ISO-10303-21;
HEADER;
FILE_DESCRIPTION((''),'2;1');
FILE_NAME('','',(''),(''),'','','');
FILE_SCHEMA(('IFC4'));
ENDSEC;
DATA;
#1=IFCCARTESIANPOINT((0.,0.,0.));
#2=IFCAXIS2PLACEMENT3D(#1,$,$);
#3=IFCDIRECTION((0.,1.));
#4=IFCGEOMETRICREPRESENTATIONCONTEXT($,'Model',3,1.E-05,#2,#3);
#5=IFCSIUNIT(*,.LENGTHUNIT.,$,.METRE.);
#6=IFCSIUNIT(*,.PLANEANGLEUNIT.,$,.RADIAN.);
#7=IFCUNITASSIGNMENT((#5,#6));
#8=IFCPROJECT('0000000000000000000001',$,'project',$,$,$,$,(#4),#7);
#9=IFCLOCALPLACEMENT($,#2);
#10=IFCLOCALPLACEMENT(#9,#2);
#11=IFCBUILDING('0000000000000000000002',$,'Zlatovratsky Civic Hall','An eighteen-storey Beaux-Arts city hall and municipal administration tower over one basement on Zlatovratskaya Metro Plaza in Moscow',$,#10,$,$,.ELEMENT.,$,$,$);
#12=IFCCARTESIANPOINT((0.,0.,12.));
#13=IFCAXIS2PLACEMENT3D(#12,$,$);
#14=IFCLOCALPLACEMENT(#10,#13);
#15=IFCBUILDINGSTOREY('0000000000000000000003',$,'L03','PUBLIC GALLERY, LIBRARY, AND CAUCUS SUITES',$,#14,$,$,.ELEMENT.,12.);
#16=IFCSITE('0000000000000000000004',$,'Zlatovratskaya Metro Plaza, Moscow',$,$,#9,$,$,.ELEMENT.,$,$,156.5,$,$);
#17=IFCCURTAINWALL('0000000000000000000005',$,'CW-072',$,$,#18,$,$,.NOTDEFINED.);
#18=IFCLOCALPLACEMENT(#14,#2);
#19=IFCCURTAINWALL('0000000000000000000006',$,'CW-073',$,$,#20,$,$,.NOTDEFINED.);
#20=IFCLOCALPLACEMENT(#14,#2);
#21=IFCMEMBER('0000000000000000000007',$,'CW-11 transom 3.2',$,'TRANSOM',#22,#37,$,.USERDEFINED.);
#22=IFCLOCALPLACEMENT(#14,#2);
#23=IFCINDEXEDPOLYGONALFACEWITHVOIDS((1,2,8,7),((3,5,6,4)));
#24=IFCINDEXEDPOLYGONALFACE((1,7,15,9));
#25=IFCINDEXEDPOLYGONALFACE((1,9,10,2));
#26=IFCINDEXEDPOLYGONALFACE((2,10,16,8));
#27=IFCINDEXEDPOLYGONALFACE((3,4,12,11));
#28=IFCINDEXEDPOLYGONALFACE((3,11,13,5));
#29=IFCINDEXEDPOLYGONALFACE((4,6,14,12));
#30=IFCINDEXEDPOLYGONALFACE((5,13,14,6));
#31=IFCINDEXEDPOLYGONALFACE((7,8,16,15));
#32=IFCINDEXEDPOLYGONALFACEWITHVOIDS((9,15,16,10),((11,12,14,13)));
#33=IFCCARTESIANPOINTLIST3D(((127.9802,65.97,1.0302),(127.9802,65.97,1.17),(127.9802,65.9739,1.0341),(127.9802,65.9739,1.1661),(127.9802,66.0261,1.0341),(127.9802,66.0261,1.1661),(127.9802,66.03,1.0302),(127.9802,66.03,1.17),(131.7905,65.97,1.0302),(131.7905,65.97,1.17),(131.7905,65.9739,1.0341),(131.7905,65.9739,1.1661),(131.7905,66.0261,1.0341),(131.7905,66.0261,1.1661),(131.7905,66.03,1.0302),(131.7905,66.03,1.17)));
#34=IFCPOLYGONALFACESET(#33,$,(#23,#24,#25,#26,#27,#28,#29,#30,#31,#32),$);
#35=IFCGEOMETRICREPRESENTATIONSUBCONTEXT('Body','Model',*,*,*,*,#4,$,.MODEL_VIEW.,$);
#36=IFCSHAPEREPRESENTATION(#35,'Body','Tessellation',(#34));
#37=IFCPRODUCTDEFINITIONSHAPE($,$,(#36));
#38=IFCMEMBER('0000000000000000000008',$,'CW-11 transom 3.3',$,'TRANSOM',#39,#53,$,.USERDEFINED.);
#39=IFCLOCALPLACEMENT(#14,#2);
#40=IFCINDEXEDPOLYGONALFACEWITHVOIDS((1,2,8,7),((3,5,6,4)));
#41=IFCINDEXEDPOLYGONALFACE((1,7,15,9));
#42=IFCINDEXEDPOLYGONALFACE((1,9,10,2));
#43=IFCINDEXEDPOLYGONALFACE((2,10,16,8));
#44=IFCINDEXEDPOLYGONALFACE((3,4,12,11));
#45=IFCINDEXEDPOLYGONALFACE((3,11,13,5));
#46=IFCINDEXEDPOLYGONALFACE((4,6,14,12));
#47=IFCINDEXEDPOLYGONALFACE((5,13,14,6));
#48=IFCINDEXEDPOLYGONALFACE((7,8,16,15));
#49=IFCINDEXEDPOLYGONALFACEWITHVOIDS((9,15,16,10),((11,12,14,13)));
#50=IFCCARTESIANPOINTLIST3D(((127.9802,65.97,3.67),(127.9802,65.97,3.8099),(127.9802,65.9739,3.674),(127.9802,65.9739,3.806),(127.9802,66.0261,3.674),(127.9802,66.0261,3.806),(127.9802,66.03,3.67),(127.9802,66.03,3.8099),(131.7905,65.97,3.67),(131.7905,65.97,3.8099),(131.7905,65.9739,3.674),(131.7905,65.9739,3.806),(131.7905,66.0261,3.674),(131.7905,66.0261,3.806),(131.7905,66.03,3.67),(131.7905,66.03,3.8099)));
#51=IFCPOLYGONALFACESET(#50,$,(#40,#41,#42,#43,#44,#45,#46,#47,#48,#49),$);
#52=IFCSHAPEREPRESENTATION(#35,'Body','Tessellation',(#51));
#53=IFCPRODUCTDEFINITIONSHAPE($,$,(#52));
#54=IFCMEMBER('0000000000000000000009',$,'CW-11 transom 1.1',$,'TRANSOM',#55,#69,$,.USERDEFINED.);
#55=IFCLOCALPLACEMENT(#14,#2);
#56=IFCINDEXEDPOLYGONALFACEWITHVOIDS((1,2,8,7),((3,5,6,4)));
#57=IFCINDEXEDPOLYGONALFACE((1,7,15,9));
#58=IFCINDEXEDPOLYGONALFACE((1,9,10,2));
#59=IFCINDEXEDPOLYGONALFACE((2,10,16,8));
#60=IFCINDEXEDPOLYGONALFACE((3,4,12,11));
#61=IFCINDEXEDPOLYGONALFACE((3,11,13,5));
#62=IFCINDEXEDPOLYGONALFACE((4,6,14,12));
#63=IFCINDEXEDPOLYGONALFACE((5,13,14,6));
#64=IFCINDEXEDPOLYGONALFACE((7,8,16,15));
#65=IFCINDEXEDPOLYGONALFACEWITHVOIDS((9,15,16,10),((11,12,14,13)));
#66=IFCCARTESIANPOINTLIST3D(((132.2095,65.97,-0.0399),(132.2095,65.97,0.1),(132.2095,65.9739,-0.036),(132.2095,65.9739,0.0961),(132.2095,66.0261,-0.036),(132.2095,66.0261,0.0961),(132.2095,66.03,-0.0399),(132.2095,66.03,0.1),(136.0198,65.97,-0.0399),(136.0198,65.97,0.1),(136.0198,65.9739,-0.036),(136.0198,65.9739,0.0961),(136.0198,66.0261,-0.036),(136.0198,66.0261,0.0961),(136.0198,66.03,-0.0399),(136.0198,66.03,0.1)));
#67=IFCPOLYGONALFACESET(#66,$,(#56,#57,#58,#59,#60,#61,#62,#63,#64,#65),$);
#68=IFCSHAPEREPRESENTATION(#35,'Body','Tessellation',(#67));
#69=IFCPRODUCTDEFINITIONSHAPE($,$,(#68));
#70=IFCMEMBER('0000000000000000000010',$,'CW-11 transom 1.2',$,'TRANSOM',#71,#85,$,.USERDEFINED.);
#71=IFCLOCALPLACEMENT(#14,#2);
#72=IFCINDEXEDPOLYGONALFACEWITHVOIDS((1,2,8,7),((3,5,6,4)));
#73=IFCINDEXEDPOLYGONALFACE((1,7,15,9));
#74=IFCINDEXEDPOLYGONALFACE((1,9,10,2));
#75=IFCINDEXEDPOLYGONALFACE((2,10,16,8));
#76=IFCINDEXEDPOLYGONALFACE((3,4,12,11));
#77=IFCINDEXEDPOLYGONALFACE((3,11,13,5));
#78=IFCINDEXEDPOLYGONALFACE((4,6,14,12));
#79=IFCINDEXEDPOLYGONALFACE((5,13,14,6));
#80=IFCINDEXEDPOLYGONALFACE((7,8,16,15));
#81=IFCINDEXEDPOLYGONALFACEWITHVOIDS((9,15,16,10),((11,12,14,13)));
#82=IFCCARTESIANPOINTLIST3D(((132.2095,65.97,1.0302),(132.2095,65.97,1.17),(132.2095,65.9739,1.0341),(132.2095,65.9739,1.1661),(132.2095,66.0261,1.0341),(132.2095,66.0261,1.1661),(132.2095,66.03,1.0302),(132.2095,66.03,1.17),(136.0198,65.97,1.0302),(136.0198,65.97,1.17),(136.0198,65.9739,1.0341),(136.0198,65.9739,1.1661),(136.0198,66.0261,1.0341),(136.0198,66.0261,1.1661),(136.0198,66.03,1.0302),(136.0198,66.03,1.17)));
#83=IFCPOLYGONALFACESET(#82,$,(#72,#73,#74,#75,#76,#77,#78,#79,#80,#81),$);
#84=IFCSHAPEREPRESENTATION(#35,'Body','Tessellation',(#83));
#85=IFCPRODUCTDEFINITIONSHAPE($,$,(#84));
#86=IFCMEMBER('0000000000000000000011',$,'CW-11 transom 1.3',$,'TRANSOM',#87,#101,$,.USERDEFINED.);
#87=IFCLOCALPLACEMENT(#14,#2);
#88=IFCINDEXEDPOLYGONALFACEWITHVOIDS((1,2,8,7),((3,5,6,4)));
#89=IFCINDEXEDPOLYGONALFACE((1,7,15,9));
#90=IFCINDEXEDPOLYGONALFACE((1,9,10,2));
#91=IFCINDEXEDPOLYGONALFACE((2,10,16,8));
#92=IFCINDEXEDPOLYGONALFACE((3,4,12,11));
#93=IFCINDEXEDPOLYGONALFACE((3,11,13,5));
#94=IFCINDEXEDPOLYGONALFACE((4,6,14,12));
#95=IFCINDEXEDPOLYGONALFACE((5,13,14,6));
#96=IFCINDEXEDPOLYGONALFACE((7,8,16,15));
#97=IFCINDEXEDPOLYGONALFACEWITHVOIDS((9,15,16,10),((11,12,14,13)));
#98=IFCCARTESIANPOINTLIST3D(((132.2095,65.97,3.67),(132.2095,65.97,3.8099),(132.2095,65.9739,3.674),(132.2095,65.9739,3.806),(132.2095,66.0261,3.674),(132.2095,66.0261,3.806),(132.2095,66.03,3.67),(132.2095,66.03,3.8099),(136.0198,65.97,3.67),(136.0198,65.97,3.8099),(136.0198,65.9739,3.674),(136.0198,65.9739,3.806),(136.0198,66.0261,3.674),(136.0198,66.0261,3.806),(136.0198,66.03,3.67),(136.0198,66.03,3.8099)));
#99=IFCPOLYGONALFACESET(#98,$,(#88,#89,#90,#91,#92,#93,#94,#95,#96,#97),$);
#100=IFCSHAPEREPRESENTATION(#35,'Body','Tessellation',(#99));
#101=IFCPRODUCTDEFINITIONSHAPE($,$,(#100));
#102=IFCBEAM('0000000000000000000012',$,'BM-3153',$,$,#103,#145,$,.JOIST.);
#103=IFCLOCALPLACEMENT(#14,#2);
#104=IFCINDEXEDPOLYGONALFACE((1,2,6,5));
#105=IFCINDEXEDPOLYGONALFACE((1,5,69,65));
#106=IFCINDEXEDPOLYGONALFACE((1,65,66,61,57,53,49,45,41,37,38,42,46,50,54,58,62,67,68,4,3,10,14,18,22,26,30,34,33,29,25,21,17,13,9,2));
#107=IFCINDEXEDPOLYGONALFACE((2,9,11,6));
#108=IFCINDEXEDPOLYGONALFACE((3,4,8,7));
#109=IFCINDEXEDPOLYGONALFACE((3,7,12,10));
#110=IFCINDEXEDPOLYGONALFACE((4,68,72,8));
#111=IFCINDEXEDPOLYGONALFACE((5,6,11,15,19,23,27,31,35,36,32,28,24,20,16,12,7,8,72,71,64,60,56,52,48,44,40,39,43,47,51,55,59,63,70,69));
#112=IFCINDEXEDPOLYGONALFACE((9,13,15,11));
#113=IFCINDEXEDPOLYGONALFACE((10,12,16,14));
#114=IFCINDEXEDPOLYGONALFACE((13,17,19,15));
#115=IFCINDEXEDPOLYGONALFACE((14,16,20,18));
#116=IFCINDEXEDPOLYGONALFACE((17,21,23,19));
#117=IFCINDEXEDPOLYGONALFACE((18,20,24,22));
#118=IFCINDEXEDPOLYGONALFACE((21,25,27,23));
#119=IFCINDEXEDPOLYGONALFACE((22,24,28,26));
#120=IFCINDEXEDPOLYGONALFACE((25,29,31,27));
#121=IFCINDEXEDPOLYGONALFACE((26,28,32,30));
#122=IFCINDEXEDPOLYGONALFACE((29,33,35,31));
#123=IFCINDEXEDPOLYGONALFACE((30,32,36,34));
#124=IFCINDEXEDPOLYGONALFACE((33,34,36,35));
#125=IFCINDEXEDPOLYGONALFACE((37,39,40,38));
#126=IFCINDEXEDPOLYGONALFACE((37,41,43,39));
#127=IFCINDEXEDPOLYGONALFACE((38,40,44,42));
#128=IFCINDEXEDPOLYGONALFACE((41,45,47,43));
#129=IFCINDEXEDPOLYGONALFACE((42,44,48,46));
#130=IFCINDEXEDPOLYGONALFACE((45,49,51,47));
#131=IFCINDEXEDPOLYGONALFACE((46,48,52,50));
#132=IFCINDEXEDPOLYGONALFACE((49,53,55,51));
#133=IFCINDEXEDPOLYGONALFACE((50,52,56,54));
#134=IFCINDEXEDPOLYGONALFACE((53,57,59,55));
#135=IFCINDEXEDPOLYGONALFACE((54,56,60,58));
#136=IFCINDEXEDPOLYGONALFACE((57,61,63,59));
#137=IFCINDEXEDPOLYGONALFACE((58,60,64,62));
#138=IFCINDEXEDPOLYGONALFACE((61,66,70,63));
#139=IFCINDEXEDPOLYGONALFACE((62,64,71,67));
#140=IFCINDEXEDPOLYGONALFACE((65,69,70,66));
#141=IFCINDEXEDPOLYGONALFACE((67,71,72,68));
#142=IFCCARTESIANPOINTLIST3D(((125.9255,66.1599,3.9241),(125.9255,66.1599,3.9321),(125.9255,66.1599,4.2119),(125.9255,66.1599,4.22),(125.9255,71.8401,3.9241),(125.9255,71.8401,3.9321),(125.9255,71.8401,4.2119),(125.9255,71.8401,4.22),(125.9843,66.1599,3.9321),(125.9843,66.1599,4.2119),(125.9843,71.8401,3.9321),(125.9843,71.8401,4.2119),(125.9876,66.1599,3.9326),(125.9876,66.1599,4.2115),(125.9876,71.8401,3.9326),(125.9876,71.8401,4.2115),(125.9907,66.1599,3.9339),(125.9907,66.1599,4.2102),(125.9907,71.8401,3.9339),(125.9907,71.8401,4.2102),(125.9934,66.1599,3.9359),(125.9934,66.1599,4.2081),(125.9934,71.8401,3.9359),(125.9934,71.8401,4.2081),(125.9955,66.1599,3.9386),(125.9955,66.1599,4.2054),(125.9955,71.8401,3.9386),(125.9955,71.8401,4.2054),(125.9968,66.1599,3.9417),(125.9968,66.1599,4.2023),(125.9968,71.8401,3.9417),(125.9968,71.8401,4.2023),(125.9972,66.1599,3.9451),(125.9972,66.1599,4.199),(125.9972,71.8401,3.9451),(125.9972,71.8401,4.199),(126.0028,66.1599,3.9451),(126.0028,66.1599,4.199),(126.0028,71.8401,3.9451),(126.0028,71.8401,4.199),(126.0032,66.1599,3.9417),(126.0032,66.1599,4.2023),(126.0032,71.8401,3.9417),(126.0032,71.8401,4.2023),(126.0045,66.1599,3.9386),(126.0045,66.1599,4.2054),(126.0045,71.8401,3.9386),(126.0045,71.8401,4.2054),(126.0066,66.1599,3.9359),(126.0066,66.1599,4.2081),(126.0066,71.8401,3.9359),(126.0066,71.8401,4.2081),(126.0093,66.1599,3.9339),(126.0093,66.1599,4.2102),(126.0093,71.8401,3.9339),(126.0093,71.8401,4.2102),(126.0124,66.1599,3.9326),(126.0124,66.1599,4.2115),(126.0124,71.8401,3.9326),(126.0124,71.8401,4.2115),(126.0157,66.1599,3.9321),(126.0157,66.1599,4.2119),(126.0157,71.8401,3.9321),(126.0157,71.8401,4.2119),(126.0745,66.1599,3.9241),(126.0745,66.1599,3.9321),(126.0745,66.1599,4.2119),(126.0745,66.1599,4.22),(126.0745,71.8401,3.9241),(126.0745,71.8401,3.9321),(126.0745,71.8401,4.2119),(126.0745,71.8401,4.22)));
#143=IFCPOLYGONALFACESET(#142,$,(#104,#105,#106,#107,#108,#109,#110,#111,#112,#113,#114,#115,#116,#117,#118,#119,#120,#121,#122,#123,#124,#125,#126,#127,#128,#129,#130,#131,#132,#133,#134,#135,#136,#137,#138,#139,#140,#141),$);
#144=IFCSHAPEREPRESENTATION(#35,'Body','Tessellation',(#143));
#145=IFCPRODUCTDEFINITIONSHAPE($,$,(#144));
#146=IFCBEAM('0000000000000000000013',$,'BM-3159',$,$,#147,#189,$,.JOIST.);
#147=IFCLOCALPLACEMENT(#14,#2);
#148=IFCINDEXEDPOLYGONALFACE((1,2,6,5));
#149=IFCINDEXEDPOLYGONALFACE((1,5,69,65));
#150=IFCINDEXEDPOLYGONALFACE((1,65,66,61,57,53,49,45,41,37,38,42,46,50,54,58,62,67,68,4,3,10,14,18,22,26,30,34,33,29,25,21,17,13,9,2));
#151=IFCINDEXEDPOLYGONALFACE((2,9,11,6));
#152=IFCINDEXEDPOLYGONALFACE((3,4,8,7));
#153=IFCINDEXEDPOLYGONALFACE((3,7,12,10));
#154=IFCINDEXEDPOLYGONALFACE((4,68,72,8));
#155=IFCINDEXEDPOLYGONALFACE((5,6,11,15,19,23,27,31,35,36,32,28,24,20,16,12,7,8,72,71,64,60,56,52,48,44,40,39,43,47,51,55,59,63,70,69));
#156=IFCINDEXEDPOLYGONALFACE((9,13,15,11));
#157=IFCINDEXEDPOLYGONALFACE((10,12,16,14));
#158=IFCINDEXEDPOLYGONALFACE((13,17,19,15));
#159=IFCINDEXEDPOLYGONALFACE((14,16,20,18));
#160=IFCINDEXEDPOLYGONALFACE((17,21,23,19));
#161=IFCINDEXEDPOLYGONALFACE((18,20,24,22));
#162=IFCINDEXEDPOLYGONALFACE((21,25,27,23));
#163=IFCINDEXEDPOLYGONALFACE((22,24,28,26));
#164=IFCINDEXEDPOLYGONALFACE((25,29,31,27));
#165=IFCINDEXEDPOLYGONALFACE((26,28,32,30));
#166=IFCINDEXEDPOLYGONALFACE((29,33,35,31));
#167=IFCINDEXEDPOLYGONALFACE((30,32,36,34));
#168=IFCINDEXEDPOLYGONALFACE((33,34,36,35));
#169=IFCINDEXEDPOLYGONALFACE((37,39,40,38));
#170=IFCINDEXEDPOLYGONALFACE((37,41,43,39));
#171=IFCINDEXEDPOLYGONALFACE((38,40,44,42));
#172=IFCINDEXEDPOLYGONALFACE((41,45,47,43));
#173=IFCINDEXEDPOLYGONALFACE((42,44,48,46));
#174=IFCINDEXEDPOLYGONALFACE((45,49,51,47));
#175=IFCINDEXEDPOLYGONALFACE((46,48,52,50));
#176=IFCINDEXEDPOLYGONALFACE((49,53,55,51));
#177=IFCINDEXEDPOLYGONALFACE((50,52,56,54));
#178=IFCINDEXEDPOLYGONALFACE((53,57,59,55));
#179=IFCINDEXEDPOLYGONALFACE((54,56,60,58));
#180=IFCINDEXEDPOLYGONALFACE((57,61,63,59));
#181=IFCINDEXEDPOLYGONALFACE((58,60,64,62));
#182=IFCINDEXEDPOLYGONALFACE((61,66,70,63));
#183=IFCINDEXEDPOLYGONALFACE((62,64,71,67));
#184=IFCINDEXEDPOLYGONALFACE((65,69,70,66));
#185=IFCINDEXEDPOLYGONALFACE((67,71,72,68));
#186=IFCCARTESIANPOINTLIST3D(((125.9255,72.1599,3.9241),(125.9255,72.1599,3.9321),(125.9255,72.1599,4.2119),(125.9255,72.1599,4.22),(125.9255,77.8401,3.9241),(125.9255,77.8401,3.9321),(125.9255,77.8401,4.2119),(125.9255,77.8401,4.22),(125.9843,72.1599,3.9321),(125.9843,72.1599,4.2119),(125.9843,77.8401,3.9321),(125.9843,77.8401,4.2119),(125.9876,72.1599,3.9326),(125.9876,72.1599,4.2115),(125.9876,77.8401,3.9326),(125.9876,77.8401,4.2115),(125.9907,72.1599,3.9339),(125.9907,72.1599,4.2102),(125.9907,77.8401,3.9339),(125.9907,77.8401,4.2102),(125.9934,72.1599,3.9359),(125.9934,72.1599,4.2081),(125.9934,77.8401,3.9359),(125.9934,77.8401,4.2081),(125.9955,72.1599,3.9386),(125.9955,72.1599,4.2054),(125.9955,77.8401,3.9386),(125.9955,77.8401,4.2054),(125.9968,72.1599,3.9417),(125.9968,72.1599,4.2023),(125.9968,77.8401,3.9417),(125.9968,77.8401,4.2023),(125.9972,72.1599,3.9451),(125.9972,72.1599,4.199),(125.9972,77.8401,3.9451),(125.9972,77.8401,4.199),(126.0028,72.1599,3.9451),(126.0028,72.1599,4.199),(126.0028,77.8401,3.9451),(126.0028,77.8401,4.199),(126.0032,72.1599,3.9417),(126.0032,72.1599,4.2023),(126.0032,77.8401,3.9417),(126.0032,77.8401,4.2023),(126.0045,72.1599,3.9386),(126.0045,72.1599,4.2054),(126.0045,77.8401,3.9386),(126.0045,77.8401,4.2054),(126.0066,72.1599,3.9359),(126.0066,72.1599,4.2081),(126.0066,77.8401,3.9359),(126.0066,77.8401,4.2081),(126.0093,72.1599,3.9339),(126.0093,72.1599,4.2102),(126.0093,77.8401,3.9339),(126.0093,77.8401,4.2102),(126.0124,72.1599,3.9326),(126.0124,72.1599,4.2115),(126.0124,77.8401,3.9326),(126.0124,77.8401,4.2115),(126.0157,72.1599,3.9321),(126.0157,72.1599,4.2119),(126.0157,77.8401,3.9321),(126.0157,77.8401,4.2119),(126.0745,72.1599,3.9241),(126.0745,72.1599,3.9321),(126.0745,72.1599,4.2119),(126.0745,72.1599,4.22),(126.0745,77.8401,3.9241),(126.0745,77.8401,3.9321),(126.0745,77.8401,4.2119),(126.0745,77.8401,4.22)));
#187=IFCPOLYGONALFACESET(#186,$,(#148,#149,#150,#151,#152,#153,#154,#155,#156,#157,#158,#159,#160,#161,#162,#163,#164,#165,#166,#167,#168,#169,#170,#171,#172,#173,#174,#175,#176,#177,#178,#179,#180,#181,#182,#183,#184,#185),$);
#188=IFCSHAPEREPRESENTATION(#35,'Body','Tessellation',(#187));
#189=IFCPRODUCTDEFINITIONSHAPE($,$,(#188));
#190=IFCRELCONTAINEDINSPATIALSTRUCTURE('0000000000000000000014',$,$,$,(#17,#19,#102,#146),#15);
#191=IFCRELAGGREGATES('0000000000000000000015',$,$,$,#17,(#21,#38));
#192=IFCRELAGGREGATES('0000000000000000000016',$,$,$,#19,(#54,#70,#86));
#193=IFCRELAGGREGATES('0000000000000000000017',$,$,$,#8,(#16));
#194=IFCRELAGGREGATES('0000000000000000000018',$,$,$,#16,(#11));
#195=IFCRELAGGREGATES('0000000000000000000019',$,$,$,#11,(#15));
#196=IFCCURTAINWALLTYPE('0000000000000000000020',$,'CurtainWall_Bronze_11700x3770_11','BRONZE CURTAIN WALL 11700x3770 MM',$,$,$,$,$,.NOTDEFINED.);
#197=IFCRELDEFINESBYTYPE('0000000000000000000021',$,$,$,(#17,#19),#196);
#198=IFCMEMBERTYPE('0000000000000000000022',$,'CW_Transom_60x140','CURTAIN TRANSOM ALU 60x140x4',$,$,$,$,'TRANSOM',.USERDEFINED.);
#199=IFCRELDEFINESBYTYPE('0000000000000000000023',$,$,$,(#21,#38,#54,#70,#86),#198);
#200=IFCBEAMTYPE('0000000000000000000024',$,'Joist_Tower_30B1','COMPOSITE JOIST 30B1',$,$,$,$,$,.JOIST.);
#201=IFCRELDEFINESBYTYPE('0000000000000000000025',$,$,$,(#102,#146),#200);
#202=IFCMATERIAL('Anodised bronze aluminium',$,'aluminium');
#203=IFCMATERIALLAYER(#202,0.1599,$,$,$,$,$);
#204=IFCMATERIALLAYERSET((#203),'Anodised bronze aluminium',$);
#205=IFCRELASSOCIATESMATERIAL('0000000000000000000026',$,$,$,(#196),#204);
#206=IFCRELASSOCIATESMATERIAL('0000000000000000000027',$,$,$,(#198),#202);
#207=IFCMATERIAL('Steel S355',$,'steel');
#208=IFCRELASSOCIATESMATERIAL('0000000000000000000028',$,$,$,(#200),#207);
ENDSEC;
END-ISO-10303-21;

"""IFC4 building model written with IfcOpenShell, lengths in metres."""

from ifc_helpers import new_model, si_unit, direction, frame, origin, origin_2d, place, context, subcontext, project, spatial, hollow_rectangle, i_section, extrude, material, layer, layer_set, material_profile, profile_set, type_object, element, aggregate, save


model = new_model("IFC4")

# Units and contexts
model_context = context("Model", 3, precision=1e-05, world=origin(), true_north=direction((0.0, 1.0)))
body_context = subcontext(model_context, "Body", "Model", "MODEL_VIEW")
ifc_project = project(units=[si_unit("LENGTHUNIT", "METRE"), si_unit("PLANEANGLEUNIT", "RADIAN")], contexts=[model_context])

# Site, building, storey
site_placement = place(None, origin())
site = spatial("IfcSite", under=ifc_project, at=site_placement, Name="Zlatovratskaya Metro Plaza, Moscow", CompositionType="ELEMENT", RefElevation=156.5)
building_placement = place(site_placement, origin())
building = spatial("IfcBuilding", under=site, at=building_placement, Name="Zlatovratsky Civic Hall", Description="An eighteen-storey Beaux-Arts city hall and municipal administration tower over one basement on Zlatovratskaya Metro Plaza in Moscow", CompositionType="ELEMENT")
storey_placement = place(building_placement, frame((0.0, 0.0, 12.0)))
storey = spatial("IfcBuildingStorey", under=building, at=storey_placement, Name="L03", Description="PUBLIC GALLERY, LIBRARY, AND CAUCUS SUITES", CompositionType="ELEMENT", Elevation=12.0)

# Shared definitions
ifc_material_1 = material(Name="Steel S355", Category="steel")

# Curtain wall
ifc_material_2 = material(Name="Anodised bronze aluminium", Category="aluminium")
ifc_layer_1 = layer(ifc_material_2, 0.1599)
ifc_layer_set_1 = layer_set([ifc_layer_1], Name="Anodised bronze aluminium")
curtain_wall_type = type_object("IfcCurtainWallType", Name="CurtainWall_Bronze_11700x3770_11", Description="BRONZE CURTAIN WALL 11700x3770 MM", PredefinedType="NOTDEFINED", material=ifc_layer_set_1)
curtain_wall_1_placement = place(storey_placement, origin())
curtain_wall_1 = element("IfcCurtainWall", 1, at=curtain_wall_1_placement, inside=storey, type_object=curtain_wall_type, Name="CW-072", PredefinedType="NOTDEFINED")

# Curtain wall
curtain_wall_2_placement = place(storey_placement, origin())
curtain_wall_2 = element("IfcCurtainWall", 2, at=curtain_wall_2_placement, inside=storey, type_object=curtain_wall_type, Name="CW-073", PredefinedType="NOTDEFINED")

# Members
ifc_material_profile_1 = material_profile(ifc_material_2, hollow_rectangle(XDim=0.0601, YDim=0.1399, WallThickness=0.0039, at=origin_2d()), Name="ALU 60x140x4")
ifc_profile_set_1 = profile_set([ifc_material_profile_1], Name="Anodised bronze aluminium")
member_type_1 = type_object("IfcMemberType", Name="CW_Transom_60x140", Description="CURTAIN TRANSOM ALU 60x140x4", ElementType="TRANSOM", PredefinedType="USERDEFINED", material=ifc_profile_set_1)
member_1_placement = place(storey_placement, frame((127.9802, 66.0, 1.1001), z_axis=(1.0, 0.0, 0.0), x_axis=(0.0, 1.0, 0.0)))
member_1 = element("IfcMember", 3, at=member_1_placement, type_object=member_type_1, Name="CW-11 transom 3.2", ObjectType="TRANSOM", PredefinedType="USERDEFINED", context=body_context, shape_type="SweptSolid", body=[
    extrude(hollow_rectangle(XDim=0.0601, YDim=0.1399, WallThickness=0.0039, at=origin_2d()), origin(), (0.0, 0.0, 1.0), 3.8103),
])
member_2_placement = place(storey_placement, frame((127.9802, 66.0, 3.74), z_axis=(1.0, 0.0, 0.0), x_axis=(0.0, 1.0, 0.0)))
member_2 = element("IfcMember", 4, at=member_2_placement, type_object=member_type_1, Name="CW-11 transom 3.3", ObjectType="TRANSOM", PredefinedType="USERDEFINED", context=body_context, shape_type="SweptSolid", body=[
    extrude(hollow_rectangle(XDim=0.0601, YDim=0.1399, WallThickness=0.0039, at=origin_2d()), origin(), (0.0, 0.0, 1.0), 3.8103),
])
member_3_placement = place(storey_placement, frame((132.2095, 66.0, 0.03), z_axis=(1.0, 0.0, 0.0), x_axis=(0.0, 1.0, 0.0)))
member_3 = element("IfcMember", 5, at=member_3_placement, type_object=member_type_1, Name="CW-11 transom 1.1", ObjectType="TRANSOM", PredefinedType="USERDEFINED", context=body_context, shape_type="SweptSolid", body=[
    extrude(hollow_rectangle(XDim=0.0601, YDim=0.1399, WallThickness=0.0039, at=origin_2d()), origin(), (0.0, 0.0, 1.0), 3.8103),
])
member_4_placement = place(storey_placement, frame((132.2095, 66.0, 1.1001), z_axis=(1.0, 0.0, 0.0), x_axis=(0.0, 1.0, 0.0)))
member_4 = element("IfcMember", 6, at=member_4_placement, type_object=member_type_1, Name="CW-11 transom 1.2", ObjectType="TRANSOM", PredefinedType="USERDEFINED", context=body_context, shape_type="SweptSolid", body=[
    extrude(hollow_rectangle(XDim=0.0601, YDim=0.1399, WallThickness=0.0039, at=origin_2d()), origin(), (0.0, 0.0, 1.0), 3.8103),
])
member_5_placement = place(storey_placement, frame((132.2095, 66.0, 3.74), z_axis=(1.0, 0.0, 0.0), x_axis=(0.0, 1.0, 0.0)))
member_5 = element("IfcMember", 7, at=member_5_placement, type_object=member_type_1, Name="CW-11 transom 1.3", ObjectType="TRANSOM", PredefinedType="USERDEFINED", context=body_context, shape_type="SweptSolid", body=[
    extrude(hollow_rectangle(XDim=0.0601, YDim=0.1399, WallThickness=0.0039, at=origin_2d()), origin(), (0.0, 0.0, 1.0), 3.8103),
])

# Beams
ifc_material_profile_2 = material_profile(ifc_material_1, i_section(OverallWidth=0.1489, OverallDepth=0.2959, WebThickness=0.0056, FlangeThickness=0.0081, FilletRadius=0.0129, at=origin_2d()), Name="30B1")
ifc_profile_set_2 = profile_set([ifc_material_profile_2], Name="Steel S355")
beam_type_1 = type_object("IfcBeamType", Name="Joist_Tower_30B1", Description="COMPOSITE JOIST 30B1", PredefinedType="JOIST", material=ifc_profile_set_2)
for number, where, z_axis, x_axis, name in (
    (8, (126.0, 66.1599, 4.072), (0.0, 1.0, 0.0), (-1.0, 0.0, 0.0), "BM-3153"),
    (9, (126.0, 72.1599, 4.072), (0.0, 1.0, 0.0), (-1.0, 0.0, 0.0), "BM-3159"),
):
    element("IfcBeam", number, at=place(storey_placement, frame(where, z_axis=z_axis, x_axis=x_axis)), inside=storey, type_object=beam_type_1, Name=name, PredefinedType="JOIST", context=body_context, shape_type="SweptSolid", body=[
        extrude(i_section(OverallWidth=0.1489, OverallDepth=0.2959, WebThickness=0.0056, FlangeThickness=0.0081, FilletRadius=0.0129, at=origin_2d()), origin(), (0.0, 0.0, 1.0), 5.6802),
    ])

aggregate(curtain_wall_1, [member_1, member_2])
aggregate(curtain_wall_2, [member_3, member_4, member_5])

save(model, "model.ifc")
